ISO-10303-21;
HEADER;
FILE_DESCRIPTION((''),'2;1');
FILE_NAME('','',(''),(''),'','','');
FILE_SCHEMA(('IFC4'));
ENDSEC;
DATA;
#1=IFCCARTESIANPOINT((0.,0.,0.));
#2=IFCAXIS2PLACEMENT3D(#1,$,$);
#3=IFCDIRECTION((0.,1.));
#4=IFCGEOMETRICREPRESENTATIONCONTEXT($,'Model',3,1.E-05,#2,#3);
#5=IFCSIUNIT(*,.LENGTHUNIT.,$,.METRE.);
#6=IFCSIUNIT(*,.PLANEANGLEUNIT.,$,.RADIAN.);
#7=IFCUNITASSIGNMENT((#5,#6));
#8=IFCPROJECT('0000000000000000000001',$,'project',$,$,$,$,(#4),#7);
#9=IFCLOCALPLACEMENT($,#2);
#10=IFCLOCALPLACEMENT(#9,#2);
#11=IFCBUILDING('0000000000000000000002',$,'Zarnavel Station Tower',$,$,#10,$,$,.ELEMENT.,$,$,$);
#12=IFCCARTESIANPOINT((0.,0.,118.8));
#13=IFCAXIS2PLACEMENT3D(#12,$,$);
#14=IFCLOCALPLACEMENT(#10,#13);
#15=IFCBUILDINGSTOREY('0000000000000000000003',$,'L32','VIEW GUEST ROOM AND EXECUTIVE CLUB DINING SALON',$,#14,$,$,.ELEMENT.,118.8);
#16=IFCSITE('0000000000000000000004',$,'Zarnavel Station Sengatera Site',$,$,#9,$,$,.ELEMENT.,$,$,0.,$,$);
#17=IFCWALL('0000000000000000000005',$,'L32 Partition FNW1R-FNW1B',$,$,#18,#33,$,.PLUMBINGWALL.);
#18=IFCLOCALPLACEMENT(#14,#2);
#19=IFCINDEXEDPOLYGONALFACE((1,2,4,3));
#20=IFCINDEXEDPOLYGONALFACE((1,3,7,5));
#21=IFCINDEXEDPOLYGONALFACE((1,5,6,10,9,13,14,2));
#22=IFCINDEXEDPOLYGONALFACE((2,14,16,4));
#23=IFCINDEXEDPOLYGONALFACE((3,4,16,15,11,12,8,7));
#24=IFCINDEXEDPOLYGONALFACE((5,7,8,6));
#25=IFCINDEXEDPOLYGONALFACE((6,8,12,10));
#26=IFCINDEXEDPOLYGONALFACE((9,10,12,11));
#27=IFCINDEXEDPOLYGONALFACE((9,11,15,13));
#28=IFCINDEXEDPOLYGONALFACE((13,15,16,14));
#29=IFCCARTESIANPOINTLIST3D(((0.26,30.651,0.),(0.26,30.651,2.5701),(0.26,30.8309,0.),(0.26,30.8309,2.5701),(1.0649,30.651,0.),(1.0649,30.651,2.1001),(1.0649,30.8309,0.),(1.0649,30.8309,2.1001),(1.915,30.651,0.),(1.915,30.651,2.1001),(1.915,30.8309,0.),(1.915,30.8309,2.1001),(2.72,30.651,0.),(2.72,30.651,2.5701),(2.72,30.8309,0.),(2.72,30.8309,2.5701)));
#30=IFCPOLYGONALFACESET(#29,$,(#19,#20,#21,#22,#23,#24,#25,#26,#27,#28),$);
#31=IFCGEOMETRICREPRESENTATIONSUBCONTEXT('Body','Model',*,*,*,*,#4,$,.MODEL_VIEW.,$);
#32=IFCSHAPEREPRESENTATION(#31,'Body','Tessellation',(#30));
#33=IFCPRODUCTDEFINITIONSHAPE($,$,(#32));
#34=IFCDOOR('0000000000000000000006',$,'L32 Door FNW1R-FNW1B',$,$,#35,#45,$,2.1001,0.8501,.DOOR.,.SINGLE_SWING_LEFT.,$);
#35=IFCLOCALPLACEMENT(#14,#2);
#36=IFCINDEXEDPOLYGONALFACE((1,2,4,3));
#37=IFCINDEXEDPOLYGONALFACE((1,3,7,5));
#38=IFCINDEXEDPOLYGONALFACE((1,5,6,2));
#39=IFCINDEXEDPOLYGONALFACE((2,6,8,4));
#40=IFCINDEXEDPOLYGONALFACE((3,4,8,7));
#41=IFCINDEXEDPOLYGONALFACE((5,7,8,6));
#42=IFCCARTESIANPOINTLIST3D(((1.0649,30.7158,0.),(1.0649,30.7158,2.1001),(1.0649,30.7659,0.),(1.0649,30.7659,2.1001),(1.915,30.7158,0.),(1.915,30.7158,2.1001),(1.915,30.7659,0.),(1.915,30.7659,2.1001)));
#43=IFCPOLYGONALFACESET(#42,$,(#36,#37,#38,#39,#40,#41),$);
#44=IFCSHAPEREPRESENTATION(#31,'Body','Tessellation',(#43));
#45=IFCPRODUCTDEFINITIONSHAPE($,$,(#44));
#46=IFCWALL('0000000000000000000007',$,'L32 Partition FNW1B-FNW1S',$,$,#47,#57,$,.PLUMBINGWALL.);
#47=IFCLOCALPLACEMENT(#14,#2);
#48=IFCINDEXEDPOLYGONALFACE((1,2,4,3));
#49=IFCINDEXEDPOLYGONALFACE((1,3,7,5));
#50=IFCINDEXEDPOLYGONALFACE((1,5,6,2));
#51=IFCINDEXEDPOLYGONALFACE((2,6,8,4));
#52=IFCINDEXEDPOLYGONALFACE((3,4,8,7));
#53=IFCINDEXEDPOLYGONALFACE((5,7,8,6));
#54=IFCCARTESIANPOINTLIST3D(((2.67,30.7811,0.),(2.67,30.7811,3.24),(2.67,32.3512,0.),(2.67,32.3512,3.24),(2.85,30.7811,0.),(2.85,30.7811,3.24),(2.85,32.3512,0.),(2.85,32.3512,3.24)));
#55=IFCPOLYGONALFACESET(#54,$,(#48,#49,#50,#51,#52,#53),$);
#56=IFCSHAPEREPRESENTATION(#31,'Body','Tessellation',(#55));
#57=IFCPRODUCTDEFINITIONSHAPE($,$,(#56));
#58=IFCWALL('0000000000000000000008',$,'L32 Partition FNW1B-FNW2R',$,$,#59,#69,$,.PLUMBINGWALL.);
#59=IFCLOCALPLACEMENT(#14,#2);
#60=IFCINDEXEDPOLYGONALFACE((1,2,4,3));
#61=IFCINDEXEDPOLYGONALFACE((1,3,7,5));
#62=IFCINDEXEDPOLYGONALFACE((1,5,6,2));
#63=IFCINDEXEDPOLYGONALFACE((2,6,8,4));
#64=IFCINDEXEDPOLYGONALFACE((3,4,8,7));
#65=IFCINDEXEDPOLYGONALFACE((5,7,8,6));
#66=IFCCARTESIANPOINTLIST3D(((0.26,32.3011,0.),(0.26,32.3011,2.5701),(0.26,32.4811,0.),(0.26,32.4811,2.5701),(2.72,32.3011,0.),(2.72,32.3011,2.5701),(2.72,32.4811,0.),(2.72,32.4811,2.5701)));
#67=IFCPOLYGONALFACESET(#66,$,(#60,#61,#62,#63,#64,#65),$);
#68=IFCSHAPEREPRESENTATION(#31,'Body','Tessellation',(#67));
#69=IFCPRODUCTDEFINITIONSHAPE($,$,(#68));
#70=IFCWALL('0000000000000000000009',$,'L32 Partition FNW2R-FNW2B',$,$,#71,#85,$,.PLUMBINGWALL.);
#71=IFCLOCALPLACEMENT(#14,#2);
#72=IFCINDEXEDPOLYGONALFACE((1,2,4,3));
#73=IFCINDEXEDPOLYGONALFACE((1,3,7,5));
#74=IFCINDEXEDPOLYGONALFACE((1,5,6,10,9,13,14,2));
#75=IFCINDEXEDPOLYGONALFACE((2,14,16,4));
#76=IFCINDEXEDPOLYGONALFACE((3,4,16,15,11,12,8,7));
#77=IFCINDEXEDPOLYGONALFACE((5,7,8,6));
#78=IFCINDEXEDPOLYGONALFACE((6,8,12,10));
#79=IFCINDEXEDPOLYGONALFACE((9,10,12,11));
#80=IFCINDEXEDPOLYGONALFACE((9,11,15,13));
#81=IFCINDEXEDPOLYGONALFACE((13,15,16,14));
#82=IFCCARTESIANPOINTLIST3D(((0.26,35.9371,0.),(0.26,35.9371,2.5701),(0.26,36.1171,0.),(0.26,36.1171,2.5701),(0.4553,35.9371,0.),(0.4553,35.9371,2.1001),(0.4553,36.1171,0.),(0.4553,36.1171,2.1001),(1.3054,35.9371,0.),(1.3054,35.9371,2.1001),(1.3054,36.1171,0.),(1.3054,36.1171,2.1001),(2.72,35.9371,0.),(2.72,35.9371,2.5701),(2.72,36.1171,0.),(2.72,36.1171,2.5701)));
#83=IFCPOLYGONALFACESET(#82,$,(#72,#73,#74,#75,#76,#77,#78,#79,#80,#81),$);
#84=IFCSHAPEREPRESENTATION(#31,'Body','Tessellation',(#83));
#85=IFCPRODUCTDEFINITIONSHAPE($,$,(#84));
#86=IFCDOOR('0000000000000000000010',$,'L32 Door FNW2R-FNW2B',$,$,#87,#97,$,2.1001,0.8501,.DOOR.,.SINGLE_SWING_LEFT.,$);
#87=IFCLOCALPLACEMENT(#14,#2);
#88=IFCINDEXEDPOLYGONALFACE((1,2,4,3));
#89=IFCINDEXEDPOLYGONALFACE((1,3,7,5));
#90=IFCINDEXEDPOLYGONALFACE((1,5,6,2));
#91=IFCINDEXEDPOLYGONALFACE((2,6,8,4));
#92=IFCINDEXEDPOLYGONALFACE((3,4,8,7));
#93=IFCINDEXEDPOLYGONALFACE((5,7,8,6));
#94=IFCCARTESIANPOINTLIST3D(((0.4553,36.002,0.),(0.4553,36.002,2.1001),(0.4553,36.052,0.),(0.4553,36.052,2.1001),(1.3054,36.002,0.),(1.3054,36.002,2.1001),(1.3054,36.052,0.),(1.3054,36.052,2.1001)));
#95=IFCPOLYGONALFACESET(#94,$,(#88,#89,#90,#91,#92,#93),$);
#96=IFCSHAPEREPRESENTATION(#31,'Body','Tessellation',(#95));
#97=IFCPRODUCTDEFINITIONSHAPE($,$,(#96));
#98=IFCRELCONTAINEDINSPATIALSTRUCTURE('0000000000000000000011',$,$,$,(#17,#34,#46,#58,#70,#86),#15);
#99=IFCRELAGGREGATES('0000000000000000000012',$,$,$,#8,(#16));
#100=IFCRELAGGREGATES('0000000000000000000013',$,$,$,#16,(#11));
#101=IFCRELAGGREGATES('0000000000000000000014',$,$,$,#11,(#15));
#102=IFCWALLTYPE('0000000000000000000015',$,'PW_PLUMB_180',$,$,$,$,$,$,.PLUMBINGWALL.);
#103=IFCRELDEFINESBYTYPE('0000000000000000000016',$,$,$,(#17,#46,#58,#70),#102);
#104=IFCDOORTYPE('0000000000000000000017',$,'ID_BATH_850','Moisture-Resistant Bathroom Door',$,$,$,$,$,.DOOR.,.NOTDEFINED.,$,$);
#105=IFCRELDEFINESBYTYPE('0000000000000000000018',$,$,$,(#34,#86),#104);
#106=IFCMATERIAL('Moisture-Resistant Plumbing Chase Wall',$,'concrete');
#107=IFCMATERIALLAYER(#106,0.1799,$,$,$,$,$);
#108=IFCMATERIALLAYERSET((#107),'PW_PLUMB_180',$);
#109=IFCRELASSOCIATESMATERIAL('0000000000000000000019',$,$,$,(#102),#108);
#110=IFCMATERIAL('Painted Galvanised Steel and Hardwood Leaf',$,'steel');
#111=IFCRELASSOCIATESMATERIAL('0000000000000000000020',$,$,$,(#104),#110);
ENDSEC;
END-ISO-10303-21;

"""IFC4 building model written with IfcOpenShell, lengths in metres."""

from ifc_helpers import new_model, si_unit, direction, frame, frame_2d, origin, place, context, subcontext, project, spatial, rectangle, extrude, material, layer, layer_set, type_object, element, fill, save


model = new_model("IFC4")

# Units and contexts
model_context = context("Model", 3, precision=1e-05, world=origin(), true_north=direction((0.0, 1.0)))
body_context = subcontext(model_context, "Body", "Model", "MODEL_VIEW")
ifc_project = project(units=[si_unit("LENGTHUNIT", "METRE"), si_unit("PLANEANGLEUNIT", "RADIAN")], contexts=[model_context])

# Site, building, storey
site_placement = place(None, origin())
site = spatial("IfcSite", under=ifc_project, at=site_placement, Name="Zarnavel Station Sengatera Site", CompositionType="ELEMENT", RefElevation=0.0)
building_placement = place(site_placement, origin())
building = spatial("IfcBuilding", under=site, at=building_placement, Name="Zarnavel Station Tower", CompositionType="ELEMENT")
storey_placement = place(building_placement, frame((0.0, 0.0, 118.8)))
storey = spatial("IfcBuildingStorey", under=building, at=storey_placement, Name="L32", Description="VIEW GUEST ROOM AND EXECUTIVE CLUB DINING SALON", CompositionType="ELEMENT", Elevation=118.8)

# Wall, opening, door
ifc_material_1 = material(Name="Moisture-Resistant Plumbing Chase Wall", Category="concrete")
ifc_layer_1 = layer(ifc_material_1, 0.1799)
ifc_layer_set_1 = layer_set([ifc_layer_1], Name="PW_PLUMB_180")
wall_type_1 = type_object("IfcWallType", Name="PW_PLUMB_180", PredefinedType="PLUMBINGWALL", material=ifc_layer_set_1)
wall_1_placement = place(storey_placement, frame((0.26, 30.741, 0.0), z_axis=(0.0, 0.0, 1.0), x_axis=(1.0, 0.0, 0.0)))
wall_1 = element("IfcWall", 1, at=wall_1_placement, inside=storey, type_object=wall_type_1, Name="L32 Partition FNW1R-FNW1B", PredefinedType="PLUMBINGWALL", context=body_context, shape_type="SweptSolid", body=[
    extrude(rectangle(XDim=2.46, YDim=0.1799, at=frame_2d((1.23, 0.0))), origin(), (0.0, 0.0, 1.0), 2.5701),
])
opening_1_placement = place(wall_1_placement, frame((0.8049, 0.0, 0.0)))
opening_1 = element("IfcOpeningElement", 2, at=opening_1_placement, cuts=wall_1, PredefinedType="OPENING", context=body_context, shape_type="SweptSolid", body=[
    extrude(rectangle(XDim=0.8501, YDim=2.1001, at=frame_2d((0.425, 1.05))), frame((0.0, 0.0999, 0.0), z_axis=(0.0, -1.0, 0.0), x_axis=(1.0, 0.0, 0.0)), (0.0, 0.0, 1.0), 0.2),
])
ifc_material_2 = material(Name="Painted Galvanised Steel and Hardwood Leaf", Category="steel")
door_type_1 = type_object("IfcDoorType", Name="ID_BATH_850", Description="Moisture-Resistant Bathroom Door", OperationType="NOTDEFINED", PredefinedType="DOOR", material=ifc_material_2)
door_1_placement = place(opening_1_placement, origin())
door_1 = element("IfcDoor", 3, at=door_1_placement, inside=storey, type_object=door_type_1, Name="L32 Door FNW1R-FNW1B", OperationType="SINGLE_SWING_LEFT", OverallHeight=2.1001, OverallWidth=0.8501, PredefinedType="DOOR", context=body_context, shape_type="SweptSolid", body=[
    extrude(rectangle(XDim=0.8501, YDim=2.1001, at=frame_2d((0.425, 1.05))), frame((0.0, 0.0249, 0.0), z_axis=(0.0, -1.0, 0.0), x_axis=(1.0, 0.0, 0.0)), (0.0, 0.0, 1.0), 0.05),
])
fill(opening_1, door_1)

# Walls
wall_2_placement = place(storey_placement, frame((2.76, 30.781, 0.0), z_axis=(0.0, 0.0, 1.0), x_axis=(0.0, 1.0, 0.0)))
element("IfcWall", 4, at=wall_2_placement, inside=storey, type_object=wall_type_1, Name="L32 Partition FNW1B-FNW1S", PredefinedType="PLUMBINGWALL", context=body_context, shape_type="SweptSolid", body=[
    extrude(rectangle(XDim=1.5701, YDim=0.1799, at=frame_2d((0.7852, 0.0))), origin(), (0.0, 0.0, 1.0), 3.24),
])
wall_3_placement = place(storey_placement, frame((0.26, 32.3911, 0.0), z_axis=(0.0, 0.0, 1.0), x_axis=(1.0, 0.0, 0.0)))
element("IfcWall", 5, at=wall_3_placement, inside=storey, type_object=wall_type_1, Name="L32 Partition FNW1B-FNW2R", PredefinedType="PLUMBINGWALL", context=body_context, shape_type="SweptSolid", body=[
    extrude(rectangle(XDim=2.46, YDim=0.1799, at=frame_2d((1.23, 0.0))), origin(), (0.0, 0.0, 1.0), 2.5701),
])

# Wall, opening, door
wall_4_placement = place(storey_placement, frame((0.26, 36.0271, 0.0), z_axis=(0.0, 0.0, 1.0), x_axis=(1.0, 0.0, 0.0)))
wall_4 = element("IfcWall", 6, at=wall_4_placement, inside=storey, type_object=wall_type_1, Name="L32 Partition FNW2R-FNW2B", PredefinedType="PLUMBINGWALL", context=body_context, shape_type="SweptSolid", body=[
    extrude(rectangle(XDim=2.46, YDim=0.1799, at=frame_2d((1.23, 0.0))), origin(), (0.0, 0.0, 1.0), 2.5701),
])
opening_2_placement = place(wall_4_placement, frame((0.1953, 0.0, 0.0)))
opening_2 = element("IfcOpeningElement", 7, at=opening_2_placement, cuts=wall_4, PredefinedType="OPENING", context=body_context, shape_type="SweptSolid", body=[
    extrude(rectangle(XDim=0.8501, YDim=2.1001, at=frame_2d((0.425, 1.05))), frame((0.0, 0.0999, 0.0), z_axis=(0.0, -1.0, 0.0), x_axis=(1.0, 0.0, 0.0)), (0.0, 0.0, 1.0), 0.2),
])
door_2_placement = place(opening_2_placement, origin())
door_2 = element("IfcDoor", 8, at=door_2_placement, inside=storey, type_object=door_type_1, Name="L32 Door FNW2R-FNW2B", OperationType="SINGLE_SWING_LEFT", OverallHeight=2.1001, OverallWidth=0.8501, PredefinedType="DOOR", context=body_context, shape_type="SweptSolid", body=[
    extrude(rectangle(XDim=0.8501, YDim=2.1001, at=frame_2d((0.425, 1.05))), frame((0.0, 0.0249, 0.0), z_axis=(0.0, -1.0, 0.0), x_axis=(1.0, 0.0, 0.0)), (0.0, 0.0, 1.0), 0.05),
])
fill(opening_2, door_2)

save(model, "model.ifc")
